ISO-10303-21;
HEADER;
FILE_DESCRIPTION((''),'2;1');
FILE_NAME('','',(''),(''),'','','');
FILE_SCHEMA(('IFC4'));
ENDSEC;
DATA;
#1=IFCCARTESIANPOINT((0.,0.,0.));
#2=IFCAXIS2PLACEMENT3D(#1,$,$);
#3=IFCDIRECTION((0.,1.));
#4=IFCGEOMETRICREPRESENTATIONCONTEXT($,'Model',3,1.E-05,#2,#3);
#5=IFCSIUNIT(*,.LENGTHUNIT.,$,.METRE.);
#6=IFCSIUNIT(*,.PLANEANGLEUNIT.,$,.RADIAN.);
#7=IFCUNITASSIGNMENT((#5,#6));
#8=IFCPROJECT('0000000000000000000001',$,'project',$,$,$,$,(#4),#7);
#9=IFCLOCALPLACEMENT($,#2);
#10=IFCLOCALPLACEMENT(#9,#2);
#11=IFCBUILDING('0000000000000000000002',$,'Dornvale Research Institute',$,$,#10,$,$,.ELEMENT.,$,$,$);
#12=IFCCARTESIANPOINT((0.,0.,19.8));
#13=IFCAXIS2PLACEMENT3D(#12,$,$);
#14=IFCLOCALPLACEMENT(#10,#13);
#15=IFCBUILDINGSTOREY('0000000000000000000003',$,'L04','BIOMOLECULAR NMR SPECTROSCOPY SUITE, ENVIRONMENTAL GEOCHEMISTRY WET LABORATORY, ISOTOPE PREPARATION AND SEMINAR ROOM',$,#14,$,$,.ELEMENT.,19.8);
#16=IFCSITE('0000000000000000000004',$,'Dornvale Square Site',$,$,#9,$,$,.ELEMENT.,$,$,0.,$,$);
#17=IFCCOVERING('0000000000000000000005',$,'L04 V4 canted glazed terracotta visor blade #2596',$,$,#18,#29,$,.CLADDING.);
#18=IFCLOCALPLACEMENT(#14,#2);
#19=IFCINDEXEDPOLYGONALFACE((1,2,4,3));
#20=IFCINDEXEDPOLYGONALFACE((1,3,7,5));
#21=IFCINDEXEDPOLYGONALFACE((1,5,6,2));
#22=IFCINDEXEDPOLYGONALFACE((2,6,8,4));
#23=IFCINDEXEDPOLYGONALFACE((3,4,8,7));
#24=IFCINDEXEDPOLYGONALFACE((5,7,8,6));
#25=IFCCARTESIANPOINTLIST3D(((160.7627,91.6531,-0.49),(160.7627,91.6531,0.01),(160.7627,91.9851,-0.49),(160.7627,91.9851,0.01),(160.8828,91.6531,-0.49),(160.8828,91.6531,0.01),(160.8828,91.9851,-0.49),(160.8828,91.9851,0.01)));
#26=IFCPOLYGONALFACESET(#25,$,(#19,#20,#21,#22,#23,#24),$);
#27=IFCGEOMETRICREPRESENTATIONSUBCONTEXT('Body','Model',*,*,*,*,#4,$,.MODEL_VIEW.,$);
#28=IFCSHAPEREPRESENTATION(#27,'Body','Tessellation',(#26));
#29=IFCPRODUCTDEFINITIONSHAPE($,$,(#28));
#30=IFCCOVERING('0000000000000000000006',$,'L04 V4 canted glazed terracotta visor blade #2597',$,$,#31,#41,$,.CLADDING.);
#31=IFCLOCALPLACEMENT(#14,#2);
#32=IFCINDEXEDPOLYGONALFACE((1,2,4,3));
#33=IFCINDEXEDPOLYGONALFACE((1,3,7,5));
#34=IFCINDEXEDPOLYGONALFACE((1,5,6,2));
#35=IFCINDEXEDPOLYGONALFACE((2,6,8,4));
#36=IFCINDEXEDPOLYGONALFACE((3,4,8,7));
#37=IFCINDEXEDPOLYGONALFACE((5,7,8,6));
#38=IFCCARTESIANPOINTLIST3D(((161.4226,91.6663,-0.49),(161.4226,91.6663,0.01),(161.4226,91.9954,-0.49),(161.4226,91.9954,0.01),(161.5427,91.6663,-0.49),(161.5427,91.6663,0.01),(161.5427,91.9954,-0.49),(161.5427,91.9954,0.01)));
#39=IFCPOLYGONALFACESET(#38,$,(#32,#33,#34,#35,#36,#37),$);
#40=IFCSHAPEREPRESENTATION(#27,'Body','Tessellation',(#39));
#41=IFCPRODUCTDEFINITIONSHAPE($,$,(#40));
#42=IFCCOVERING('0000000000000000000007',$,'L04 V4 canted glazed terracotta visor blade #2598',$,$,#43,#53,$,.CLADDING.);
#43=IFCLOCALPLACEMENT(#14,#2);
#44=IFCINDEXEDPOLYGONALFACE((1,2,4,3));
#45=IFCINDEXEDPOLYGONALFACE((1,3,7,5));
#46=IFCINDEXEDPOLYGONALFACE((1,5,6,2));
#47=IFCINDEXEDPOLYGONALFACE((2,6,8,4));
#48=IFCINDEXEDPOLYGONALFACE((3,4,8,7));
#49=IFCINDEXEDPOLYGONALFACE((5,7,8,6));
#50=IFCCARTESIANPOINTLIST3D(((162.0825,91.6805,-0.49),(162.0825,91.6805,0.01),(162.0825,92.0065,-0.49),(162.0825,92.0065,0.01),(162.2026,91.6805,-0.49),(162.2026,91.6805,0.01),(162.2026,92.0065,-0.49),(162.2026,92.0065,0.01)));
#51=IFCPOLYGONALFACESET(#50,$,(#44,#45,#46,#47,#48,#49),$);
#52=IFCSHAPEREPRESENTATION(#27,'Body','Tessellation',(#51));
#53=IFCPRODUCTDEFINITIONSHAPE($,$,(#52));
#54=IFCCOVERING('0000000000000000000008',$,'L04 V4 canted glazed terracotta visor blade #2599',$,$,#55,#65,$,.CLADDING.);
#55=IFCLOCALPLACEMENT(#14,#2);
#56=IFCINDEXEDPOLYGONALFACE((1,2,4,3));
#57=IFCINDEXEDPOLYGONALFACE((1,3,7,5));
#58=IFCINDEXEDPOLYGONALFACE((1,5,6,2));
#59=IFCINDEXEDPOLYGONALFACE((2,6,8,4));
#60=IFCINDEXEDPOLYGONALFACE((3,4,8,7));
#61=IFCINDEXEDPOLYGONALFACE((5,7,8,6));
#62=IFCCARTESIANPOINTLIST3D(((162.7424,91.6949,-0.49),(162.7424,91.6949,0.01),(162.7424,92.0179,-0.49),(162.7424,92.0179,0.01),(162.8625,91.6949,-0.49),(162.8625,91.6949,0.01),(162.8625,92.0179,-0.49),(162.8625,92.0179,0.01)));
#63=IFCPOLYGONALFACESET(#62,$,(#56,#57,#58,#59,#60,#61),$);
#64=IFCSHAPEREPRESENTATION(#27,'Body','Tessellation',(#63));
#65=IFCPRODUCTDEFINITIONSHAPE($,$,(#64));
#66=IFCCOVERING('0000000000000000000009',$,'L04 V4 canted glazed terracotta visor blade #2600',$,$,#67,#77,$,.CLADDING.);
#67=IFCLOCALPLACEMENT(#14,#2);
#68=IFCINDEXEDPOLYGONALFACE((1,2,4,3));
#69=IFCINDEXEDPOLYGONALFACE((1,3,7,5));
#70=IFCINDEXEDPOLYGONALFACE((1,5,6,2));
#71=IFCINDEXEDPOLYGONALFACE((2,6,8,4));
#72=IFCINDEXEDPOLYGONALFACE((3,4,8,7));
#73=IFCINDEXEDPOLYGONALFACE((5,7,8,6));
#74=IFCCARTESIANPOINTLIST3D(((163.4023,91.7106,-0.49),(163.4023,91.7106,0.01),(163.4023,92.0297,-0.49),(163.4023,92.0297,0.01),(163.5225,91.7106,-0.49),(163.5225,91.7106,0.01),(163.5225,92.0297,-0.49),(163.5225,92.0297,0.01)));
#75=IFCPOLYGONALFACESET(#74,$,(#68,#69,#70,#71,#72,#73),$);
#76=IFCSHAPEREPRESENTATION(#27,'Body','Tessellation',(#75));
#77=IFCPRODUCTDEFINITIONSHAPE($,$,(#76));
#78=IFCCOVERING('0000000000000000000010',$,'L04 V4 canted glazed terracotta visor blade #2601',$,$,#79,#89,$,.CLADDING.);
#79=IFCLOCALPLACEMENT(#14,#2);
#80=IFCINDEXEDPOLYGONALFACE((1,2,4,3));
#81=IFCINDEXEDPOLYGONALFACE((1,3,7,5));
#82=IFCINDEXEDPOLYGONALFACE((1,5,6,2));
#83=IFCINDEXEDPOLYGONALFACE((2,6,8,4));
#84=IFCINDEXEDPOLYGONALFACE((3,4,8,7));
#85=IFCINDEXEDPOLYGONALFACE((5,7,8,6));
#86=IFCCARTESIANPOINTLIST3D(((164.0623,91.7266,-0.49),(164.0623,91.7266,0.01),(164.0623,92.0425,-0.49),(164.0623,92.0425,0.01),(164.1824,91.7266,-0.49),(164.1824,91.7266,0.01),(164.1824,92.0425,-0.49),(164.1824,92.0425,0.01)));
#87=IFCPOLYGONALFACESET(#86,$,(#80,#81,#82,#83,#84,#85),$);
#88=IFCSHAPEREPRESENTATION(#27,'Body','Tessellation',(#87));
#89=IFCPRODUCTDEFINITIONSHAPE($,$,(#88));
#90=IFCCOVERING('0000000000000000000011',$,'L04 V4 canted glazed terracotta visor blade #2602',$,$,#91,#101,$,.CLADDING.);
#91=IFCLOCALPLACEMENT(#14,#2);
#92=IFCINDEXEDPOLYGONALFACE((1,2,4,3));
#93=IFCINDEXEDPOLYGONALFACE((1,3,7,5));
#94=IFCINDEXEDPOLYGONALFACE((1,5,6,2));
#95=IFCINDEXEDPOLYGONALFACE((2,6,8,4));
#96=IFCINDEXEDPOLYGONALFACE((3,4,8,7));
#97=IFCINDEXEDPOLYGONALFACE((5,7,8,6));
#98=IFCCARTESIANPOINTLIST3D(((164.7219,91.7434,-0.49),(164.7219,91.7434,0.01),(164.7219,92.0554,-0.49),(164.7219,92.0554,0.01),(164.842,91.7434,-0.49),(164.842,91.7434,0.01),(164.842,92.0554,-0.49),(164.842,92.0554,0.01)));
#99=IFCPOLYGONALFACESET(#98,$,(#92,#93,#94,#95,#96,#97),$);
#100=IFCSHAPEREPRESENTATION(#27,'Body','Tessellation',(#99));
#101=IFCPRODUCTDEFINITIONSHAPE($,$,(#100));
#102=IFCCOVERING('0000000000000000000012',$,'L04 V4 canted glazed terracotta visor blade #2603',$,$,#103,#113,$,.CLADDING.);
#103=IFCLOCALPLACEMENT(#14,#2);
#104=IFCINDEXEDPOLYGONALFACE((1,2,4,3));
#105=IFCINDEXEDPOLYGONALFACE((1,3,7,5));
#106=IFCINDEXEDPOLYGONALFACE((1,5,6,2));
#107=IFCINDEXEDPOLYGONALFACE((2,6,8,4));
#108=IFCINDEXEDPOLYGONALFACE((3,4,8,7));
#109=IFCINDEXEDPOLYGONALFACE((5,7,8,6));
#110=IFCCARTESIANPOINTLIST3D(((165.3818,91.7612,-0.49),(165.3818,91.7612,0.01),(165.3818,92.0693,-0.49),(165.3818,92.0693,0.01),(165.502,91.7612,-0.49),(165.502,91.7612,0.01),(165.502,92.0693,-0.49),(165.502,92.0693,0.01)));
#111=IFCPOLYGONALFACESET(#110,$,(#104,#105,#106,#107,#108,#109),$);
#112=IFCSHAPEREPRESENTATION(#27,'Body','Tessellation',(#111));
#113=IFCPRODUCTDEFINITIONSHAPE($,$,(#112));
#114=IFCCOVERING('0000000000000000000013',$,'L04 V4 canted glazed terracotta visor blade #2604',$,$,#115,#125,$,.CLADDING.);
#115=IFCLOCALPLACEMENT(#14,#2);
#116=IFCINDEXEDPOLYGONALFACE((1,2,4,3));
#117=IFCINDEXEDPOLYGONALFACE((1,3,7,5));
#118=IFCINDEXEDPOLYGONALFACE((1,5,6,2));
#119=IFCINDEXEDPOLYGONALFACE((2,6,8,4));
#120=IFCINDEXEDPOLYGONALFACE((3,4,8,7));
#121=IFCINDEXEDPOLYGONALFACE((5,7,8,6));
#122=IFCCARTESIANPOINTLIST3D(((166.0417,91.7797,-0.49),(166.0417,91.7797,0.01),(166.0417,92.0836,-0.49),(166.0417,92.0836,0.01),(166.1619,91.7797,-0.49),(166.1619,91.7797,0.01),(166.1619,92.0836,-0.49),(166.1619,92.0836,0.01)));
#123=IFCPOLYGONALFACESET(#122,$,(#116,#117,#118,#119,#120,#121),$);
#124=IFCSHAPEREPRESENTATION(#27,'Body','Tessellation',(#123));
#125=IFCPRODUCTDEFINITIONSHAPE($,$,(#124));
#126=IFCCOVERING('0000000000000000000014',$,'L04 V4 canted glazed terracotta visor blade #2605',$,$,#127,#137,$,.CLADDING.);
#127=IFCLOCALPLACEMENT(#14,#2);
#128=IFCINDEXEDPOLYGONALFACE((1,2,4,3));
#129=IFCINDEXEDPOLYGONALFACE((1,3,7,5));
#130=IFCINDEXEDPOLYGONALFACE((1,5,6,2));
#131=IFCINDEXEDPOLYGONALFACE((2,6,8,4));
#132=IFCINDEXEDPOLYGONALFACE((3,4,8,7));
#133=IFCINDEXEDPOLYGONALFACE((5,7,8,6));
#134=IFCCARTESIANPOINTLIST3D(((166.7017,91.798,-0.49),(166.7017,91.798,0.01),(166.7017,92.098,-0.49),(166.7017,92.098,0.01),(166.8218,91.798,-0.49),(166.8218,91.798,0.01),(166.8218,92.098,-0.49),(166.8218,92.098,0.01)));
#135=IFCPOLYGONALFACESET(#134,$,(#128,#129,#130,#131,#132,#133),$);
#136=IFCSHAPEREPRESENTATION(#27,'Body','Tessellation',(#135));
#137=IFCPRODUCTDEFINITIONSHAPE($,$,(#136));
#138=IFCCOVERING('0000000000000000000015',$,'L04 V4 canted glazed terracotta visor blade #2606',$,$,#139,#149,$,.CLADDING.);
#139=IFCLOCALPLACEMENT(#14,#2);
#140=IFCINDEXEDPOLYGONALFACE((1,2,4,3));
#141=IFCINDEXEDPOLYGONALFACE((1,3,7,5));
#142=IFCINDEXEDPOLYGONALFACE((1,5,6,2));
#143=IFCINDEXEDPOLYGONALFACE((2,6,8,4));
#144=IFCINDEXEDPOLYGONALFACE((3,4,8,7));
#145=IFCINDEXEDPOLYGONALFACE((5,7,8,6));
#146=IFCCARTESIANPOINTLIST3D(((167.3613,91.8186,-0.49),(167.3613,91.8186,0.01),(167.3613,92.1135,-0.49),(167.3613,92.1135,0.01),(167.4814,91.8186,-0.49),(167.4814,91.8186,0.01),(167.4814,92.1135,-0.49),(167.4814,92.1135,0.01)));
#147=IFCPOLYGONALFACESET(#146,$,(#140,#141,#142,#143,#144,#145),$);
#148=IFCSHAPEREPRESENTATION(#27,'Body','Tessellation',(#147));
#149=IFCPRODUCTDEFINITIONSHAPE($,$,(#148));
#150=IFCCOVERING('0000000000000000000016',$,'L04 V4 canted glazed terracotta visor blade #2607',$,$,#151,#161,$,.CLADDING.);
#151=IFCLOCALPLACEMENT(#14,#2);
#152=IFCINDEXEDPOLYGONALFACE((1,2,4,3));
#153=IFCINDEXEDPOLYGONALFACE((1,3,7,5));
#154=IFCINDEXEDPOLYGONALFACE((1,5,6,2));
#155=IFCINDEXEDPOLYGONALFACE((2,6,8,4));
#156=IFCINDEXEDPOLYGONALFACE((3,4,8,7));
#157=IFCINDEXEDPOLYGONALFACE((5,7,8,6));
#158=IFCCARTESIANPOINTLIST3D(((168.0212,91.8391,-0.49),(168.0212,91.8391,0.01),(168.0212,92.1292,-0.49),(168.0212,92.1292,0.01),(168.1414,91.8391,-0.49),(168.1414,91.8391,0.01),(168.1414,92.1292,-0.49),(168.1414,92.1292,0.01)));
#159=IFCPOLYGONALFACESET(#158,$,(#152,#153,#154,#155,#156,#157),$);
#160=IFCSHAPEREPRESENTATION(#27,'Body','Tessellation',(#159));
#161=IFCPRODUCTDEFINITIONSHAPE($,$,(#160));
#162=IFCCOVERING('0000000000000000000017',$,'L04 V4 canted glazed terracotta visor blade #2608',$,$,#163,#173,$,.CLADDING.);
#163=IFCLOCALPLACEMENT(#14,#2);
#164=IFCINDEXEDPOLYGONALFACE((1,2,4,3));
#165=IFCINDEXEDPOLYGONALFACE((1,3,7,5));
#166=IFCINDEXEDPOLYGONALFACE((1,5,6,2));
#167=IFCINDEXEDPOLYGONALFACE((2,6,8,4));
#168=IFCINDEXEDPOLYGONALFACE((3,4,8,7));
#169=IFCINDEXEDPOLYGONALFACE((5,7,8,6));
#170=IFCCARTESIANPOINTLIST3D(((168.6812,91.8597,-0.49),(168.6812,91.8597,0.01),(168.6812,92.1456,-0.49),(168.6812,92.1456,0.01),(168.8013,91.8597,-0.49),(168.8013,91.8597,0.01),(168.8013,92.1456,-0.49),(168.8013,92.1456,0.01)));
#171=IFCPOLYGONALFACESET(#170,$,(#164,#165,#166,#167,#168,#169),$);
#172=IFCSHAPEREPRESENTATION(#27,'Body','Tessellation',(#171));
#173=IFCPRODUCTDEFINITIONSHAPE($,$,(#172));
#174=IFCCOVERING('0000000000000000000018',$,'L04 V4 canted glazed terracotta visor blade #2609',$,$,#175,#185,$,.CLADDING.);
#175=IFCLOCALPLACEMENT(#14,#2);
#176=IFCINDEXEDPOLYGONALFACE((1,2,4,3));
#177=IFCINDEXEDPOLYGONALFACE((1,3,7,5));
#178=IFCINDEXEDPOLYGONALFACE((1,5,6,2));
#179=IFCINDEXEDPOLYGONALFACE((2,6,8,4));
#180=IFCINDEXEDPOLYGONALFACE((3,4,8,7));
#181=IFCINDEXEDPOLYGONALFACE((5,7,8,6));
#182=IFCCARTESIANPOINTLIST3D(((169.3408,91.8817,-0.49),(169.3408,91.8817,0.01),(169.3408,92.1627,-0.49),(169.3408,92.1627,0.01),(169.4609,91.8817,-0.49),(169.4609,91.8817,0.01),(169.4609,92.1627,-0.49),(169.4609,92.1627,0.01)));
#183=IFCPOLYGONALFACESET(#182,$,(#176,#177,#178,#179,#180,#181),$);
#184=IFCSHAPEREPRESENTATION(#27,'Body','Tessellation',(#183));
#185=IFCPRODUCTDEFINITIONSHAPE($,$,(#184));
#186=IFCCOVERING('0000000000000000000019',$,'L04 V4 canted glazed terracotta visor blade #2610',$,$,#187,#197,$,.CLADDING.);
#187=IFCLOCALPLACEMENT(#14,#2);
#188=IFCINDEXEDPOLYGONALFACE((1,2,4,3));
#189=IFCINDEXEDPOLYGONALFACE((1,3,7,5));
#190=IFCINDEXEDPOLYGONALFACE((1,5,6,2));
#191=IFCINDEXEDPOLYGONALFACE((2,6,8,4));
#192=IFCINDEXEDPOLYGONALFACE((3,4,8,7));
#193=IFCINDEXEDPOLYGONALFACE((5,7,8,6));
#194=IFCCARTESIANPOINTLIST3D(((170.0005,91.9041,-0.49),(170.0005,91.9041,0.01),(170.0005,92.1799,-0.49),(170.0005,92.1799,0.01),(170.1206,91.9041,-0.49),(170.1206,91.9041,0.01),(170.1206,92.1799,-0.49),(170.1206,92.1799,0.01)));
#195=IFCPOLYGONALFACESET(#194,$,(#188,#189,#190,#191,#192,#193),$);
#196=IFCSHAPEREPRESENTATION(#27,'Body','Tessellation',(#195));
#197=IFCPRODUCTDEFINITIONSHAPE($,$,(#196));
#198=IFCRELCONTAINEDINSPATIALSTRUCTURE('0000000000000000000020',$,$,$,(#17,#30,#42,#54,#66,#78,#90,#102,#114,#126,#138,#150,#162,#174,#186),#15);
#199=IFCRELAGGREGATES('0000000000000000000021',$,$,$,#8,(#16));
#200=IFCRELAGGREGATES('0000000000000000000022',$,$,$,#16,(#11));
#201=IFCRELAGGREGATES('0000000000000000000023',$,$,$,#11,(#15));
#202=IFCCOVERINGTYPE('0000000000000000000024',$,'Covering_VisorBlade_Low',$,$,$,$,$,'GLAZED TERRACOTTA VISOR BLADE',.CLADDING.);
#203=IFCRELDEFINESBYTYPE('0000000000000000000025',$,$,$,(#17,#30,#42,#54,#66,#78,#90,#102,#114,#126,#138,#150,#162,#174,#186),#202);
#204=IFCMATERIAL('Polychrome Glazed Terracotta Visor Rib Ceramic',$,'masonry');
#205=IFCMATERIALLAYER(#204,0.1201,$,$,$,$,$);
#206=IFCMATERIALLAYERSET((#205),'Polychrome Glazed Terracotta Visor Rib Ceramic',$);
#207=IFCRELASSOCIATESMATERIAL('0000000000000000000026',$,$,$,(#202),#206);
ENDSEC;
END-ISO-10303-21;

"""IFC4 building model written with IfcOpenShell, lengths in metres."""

from ifc_helpers import new_model, si_unit, direction, frame, origin, origin_2d, place, context, subcontext, project, spatial, rectangle, extrude, material, layer, layer_set, type_object, element, save


model = new_model("IFC4")

# Units and contexts
model_context = context("Model", 3, precision=1e-05, world=origin(), true_north=direction((0.0, 1.0)))
body_context = subcontext(model_context, "Body", "Model", "MODEL_VIEW")
ifc_project = project(units=[si_unit("LENGTHUNIT", "METRE"), si_unit("PLANEANGLEUNIT", "RADIAN")], contexts=[model_context])

# Site, building, storey
site_placement = place(None, origin())
site = spatial("IfcSite", under=ifc_project, at=site_placement, Name="Dornvale Square Site", CompositionType="ELEMENT", RefElevation=0.0)
building_placement = place(site_placement, origin())
building = spatial("IfcBuilding", under=site, at=building_placement, Name="Dornvale Research Institute", CompositionType="ELEMENT")
storey_placement = place(building_placement, frame((0.0, 0.0, 19.8)))
storey = spatial("IfcBuildingStorey", under=building, at=storey_placement, Name="L04", Description="BIOMOLECULAR NMR SPECTROSCOPY SUITE, ENVIRONMENTAL GEOCHEMISTRY WET LABORATORY, ISOTOPE PREPARATION AND SEMINAR ROOM", CompositionType="ELEMENT", Elevation=19.8)

# Coverings
ifc_material = material(Name="Polychrome Glazed Terracotta Visor Rib Ceramic", Category="masonry")
ifc_layer = layer(ifc_material, 0.1201)
ifc_layer_set = layer_set([ifc_layer], Name="Polychrome Glazed Terracotta Visor Rib Ceramic")
covering_type = type_object("IfcCoveringType", Name="Covering_VisorBlade_Low", ElementType="GLAZED TERRACOTTA VISOR BLADE", PredefinedType="CLADDING", material=ifc_layer_set)
covering_1_placement = place(storey_placement, frame((160.8228, 91.8191, -0.49), z_axis=(0.0, 0.0, 1.0), x_axis=(0.0, 1.0, 0.0)))
element("IfcCovering", 1, at=covering_1_placement, inside=storey, type_object=covering_type, Name="L04 V4 canted glazed terracotta visor blade #2596", PredefinedType="CLADDING", context=body_context, shape_type="SweptSolid", body=[
    extrude(rectangle(XDim=0.332, YDim=0.1201, at=origin_2d()), origin(), (0.0, 0.0, 1.0), 0.5),
])
covering_2_placement = place(storey_placement, frame((161.4827, 91.8308, -0.49), z_axis=(0.0, 0.0, 1.0), x_axis=(0.0, 1.0, 0.0)))
element("IfcCovering", 2, at=covering_2_placement, inside=storey, type_object=covering_type, Name="L04 V4 canted glazed terracotta visor blade #2597", PredefinedType="CLADDING", context=body_context, shape_type="SweptSolid", body=[
    extrude(rectangle(XDim=0.3291, YDim=0.1201, at=origin_2d()), origin(), (0.0, 0.0, 1.0), 0.5),
])
covering_3_placement = place(storey_placement, frame((162.1426, 91.8435, -0.49), z_axis=(0.0, 0.0, 1.0), x_axis=(0.0, 1.0, 0.0)))
element("IfcCovering", 3, at=covering_3_placement, inside=storey, type_object=covering_type, Name="L04 V4 canted glazed terracotta visor blade #2598", PredefinedType="CLADDING", context=body_context, shape_type="SweptSolid", body=[
    extrude(rectangle(XDim=0.3259, YDim=0.1201, at=origin_2d()), origin(), (0.0, 0.0, 1.0), 0.5),
])
covering_4_placement = place(storey_placement, frame((162.8025, 91.8564, -0.49), z_axis=(0.0, 0.0, 1.0), x_axis=(0.0, 1.0, 0.0)))
element("IfcCovering", 4, at=covering_4_placement, inside=storey, type_object=covering_type, Name="L04 V4 canted glazed terracotta visor blade #2599", PredefinedType="CLADDING", context=body_context, shape_type="SweptSolid", body=[
    extrude(rectangle(XDim=0.323, YDim=0.1201, at=origin_2d()), origin(), (0.0, 0.0, 1.0), 0.5),
])
covering_5_placement = place(storey_placement, frame((163.4624, 91.8701, -0.49), z_axis=(0.0, 0.0, 1.0), x_axis=(0.0, 1.0, 0.0)))
element("IfcCovering", 5, at=covering_5_placement, inside=storey, type_object=covering_type, Name="L04 V4 canted glazed terracotta visor blade #2600", PredefinedType="CLADDING", context=body_context, shape_type="SweptSolid", body=[
    extrude(rectangle(XDim=0.3191, YDim=0.1201, at=origin_2d()), origin(), (0.0, 0.0, 1.0), 0.5),
])
covering_6_placement = place(storey_placement, frame((164.1223, 91.8845, -0.49), z_axis=(0.0, 0.0, 1.0), x_axis=(0.0, 1.0, 0.0)))
element("IfcCovering", 6, at=covering_6_placement, inside=storey, type_object=covering_type, Name="L04 V4 canted glazed terracotta visor blade #2601", PredefinedType="CLADDING", context=body_context, shape_type="SweptSolid", body=[
    extrude(rectangle(XDim=0.3159, YDim=0.1201, at=origin_2d()), origin(), (0.0, 0.0, 1.0), 0.5),
])
covering_7_placement = place(storey_placement, frame((164.782, 91.8994, -0.49), z_axis=(0.0, 0.0, 1.0), x_axis=(0.0, 1.0, 0.0)))
element("IfcCovering", 7, at=covering_7_placement, inside=storey, type_object=covering_type, Name="L04 V4 canted glazed terracotta visor blade #2602", PredefinedType="CLADDING", context=body_context, shape_type="SweptSolid", body=[
    extrude(rectangle(XDim=0.312, YDim=0.1201, at=origin_2d()), origin(), (0.0, 0.0, 1.0), 0.5),
])
covering_8_placement = place(storey_placement, frame((165.4419, 91.9153, -0.49), z_axis=(0.0, 0.0, 1.0), x_axis=(0.0, 1.0, 0.0)))
element("IfcCovering", 8, at=covering_8_placement, inside=storey, type_object=covering_type, Name="L04 V4 canted glazed terracotta visor blade #2603", PredefinedType="CLADDING", context=body_context, shape_type="SweptSolid", body=[
    extrude(rectangle(XDim=0.3081, YDim=0.1201, at=origin_2d()), origin(), (0.0, 0.0, 1.0), 0.5),
])
covering_9_placement = place(storey_placement, frame((166.1018, 91.9316, -0.49), z_axis=(0.0, 0.0, 1.0), x_axis=(0.0, 1.0, 0.0)))
element("IfcCovering", 9, at=covering_9_placement, inside=storey, type_object=covering_type, Name="L04 V4 canted glazed terracotta visor blade #2604", PredefinedType="CLADDING", context=body_context, shape_type="SweptSolid", body=[
    extrude(rectangle(XDim=0.304, YDim=0.1201, at=origin_2d()), origin(), (0.0, 0.0, 1.0), 0.5),
])
covering_10_placement = place(storey_placement, frame((166.7617, 91.948, -0.49), z_axis=(0.0, 0.0, 1.0), x_axis=(0.0, 1.0, 0.0)))
element("IfcCovering", 10, at=covering_10_placement, inside=storey, type_object=covering_type, Name="L04 V4 canted glazed terracotta visor blade #2605", PredefinedType="CLADDING", context=body_context, shape_type="SweptSolid", body=[
    extrude(rectangle(XDim=0.3, YDim=0.1201, at=origin_2d()), origin(), (0.0, 0.0, 1.0), 0.5),
])
covering_11_placement = place(storey_placement, frame((167.4214, 91.9661, -0.49), z_axis=(0.0, 0.0, 1.0), x_axis=(0.0, 1.0, 0.0)))
element("IfcCovering", 11, at=covering_11_placement, inside=storey, type_object=covering_type, Name="L04 V4 canted glazed terracotta visor blade #2606", PredefinedType="CLADDING", context=body_context, shape_type="SweptSolid", body=[
    extrude(rectangle(XDim=0.2949, YDim=0.1201, at=origin_2d()), origin(), (0.0, 0.0, 1.0), 0.5),
])
covering_12_placement = place(storey_placement, frame((168.0813, 91.9841, -0.49), z_axis=(0.0, 0.0, 1.0), x_axis=(0.0, 1.0, 0.0)))
element("IfcCovering", 12, at=covering_12_placement, inside=storey, type_object=covering_type, Name="L04 V4 canted glazed terracotta visor blade #2607", PredefinedType="CLADDING", context=body_context, shape_type="SweptSolid", body=[
    extrude(rectangle(XDim=0.29, YDim=0.1201, at=origin_2d()), origin(), (0.0, 0.0, 1.0), 0.5),
])
covering_13_placement = place(storey_placement, frame((168.7412, 92.0027, -0.49), z_axis=(0.0, 0.0, 1.0), x_axis=(0.0, 1.0, 0.0)))
element("IfcCovering", 13, at=covering_13_placement, inside=storey, type_object=covering_type, Name="L04 V4 canted glazed terracotta visor blade #2608", PredefinedType="CLADDING", context=body_context, shape_type="SweptSolid", body=[
    extrude(rectangle(XDim=0.2859, YDim=0.1201, at=origin_2d()), origin(), (0.0, 0.0, 1.0), 0.5),
])
covering_14_placement = place(storey_placement, frame((169.4009, 92.0222, -0.49), z_axis=(0.0, 0.0, 1.0), x_axis=(0.0, 1.0, 0.0)))
element("IfcCovering", 14, at=covering_14_placement, inside=storey, type_object=covering_type, Name="L04 V4 canted glazed terracotta visor blade #2609", PredefinedType="CLADDING", context=body_context, shape_type="SweptSolid", body=[
    extrude(rectangle(XDim=0.281, YDim=0.1201, at=origin_2d()), origin(), (0.0, 0.0, 1.0), 0.5),
])
covering_15_placement = place(storey_placement, frame((170.0605, 92.042, -0.49), z_axis=(0.0, 0.0, 1.0), x_axis=(0.0, 1.0, 0.0)))
element("IfcCovering", 15, at=covering_15_placement, inside=storey, type_object=covering_type, Name="L04 V4 canted glazed terracotta visor blade #2610", PredefinedType="CLADDING", context=body_context, shape_type="SweptSolid", body=[
    extrude(rectangle(XDim=0.2759, YDim=0.1201, at=origin_2d()), origin(), (0.0, 0.0, 1.0), 0.5),
])

save(model, "model.ifc")
